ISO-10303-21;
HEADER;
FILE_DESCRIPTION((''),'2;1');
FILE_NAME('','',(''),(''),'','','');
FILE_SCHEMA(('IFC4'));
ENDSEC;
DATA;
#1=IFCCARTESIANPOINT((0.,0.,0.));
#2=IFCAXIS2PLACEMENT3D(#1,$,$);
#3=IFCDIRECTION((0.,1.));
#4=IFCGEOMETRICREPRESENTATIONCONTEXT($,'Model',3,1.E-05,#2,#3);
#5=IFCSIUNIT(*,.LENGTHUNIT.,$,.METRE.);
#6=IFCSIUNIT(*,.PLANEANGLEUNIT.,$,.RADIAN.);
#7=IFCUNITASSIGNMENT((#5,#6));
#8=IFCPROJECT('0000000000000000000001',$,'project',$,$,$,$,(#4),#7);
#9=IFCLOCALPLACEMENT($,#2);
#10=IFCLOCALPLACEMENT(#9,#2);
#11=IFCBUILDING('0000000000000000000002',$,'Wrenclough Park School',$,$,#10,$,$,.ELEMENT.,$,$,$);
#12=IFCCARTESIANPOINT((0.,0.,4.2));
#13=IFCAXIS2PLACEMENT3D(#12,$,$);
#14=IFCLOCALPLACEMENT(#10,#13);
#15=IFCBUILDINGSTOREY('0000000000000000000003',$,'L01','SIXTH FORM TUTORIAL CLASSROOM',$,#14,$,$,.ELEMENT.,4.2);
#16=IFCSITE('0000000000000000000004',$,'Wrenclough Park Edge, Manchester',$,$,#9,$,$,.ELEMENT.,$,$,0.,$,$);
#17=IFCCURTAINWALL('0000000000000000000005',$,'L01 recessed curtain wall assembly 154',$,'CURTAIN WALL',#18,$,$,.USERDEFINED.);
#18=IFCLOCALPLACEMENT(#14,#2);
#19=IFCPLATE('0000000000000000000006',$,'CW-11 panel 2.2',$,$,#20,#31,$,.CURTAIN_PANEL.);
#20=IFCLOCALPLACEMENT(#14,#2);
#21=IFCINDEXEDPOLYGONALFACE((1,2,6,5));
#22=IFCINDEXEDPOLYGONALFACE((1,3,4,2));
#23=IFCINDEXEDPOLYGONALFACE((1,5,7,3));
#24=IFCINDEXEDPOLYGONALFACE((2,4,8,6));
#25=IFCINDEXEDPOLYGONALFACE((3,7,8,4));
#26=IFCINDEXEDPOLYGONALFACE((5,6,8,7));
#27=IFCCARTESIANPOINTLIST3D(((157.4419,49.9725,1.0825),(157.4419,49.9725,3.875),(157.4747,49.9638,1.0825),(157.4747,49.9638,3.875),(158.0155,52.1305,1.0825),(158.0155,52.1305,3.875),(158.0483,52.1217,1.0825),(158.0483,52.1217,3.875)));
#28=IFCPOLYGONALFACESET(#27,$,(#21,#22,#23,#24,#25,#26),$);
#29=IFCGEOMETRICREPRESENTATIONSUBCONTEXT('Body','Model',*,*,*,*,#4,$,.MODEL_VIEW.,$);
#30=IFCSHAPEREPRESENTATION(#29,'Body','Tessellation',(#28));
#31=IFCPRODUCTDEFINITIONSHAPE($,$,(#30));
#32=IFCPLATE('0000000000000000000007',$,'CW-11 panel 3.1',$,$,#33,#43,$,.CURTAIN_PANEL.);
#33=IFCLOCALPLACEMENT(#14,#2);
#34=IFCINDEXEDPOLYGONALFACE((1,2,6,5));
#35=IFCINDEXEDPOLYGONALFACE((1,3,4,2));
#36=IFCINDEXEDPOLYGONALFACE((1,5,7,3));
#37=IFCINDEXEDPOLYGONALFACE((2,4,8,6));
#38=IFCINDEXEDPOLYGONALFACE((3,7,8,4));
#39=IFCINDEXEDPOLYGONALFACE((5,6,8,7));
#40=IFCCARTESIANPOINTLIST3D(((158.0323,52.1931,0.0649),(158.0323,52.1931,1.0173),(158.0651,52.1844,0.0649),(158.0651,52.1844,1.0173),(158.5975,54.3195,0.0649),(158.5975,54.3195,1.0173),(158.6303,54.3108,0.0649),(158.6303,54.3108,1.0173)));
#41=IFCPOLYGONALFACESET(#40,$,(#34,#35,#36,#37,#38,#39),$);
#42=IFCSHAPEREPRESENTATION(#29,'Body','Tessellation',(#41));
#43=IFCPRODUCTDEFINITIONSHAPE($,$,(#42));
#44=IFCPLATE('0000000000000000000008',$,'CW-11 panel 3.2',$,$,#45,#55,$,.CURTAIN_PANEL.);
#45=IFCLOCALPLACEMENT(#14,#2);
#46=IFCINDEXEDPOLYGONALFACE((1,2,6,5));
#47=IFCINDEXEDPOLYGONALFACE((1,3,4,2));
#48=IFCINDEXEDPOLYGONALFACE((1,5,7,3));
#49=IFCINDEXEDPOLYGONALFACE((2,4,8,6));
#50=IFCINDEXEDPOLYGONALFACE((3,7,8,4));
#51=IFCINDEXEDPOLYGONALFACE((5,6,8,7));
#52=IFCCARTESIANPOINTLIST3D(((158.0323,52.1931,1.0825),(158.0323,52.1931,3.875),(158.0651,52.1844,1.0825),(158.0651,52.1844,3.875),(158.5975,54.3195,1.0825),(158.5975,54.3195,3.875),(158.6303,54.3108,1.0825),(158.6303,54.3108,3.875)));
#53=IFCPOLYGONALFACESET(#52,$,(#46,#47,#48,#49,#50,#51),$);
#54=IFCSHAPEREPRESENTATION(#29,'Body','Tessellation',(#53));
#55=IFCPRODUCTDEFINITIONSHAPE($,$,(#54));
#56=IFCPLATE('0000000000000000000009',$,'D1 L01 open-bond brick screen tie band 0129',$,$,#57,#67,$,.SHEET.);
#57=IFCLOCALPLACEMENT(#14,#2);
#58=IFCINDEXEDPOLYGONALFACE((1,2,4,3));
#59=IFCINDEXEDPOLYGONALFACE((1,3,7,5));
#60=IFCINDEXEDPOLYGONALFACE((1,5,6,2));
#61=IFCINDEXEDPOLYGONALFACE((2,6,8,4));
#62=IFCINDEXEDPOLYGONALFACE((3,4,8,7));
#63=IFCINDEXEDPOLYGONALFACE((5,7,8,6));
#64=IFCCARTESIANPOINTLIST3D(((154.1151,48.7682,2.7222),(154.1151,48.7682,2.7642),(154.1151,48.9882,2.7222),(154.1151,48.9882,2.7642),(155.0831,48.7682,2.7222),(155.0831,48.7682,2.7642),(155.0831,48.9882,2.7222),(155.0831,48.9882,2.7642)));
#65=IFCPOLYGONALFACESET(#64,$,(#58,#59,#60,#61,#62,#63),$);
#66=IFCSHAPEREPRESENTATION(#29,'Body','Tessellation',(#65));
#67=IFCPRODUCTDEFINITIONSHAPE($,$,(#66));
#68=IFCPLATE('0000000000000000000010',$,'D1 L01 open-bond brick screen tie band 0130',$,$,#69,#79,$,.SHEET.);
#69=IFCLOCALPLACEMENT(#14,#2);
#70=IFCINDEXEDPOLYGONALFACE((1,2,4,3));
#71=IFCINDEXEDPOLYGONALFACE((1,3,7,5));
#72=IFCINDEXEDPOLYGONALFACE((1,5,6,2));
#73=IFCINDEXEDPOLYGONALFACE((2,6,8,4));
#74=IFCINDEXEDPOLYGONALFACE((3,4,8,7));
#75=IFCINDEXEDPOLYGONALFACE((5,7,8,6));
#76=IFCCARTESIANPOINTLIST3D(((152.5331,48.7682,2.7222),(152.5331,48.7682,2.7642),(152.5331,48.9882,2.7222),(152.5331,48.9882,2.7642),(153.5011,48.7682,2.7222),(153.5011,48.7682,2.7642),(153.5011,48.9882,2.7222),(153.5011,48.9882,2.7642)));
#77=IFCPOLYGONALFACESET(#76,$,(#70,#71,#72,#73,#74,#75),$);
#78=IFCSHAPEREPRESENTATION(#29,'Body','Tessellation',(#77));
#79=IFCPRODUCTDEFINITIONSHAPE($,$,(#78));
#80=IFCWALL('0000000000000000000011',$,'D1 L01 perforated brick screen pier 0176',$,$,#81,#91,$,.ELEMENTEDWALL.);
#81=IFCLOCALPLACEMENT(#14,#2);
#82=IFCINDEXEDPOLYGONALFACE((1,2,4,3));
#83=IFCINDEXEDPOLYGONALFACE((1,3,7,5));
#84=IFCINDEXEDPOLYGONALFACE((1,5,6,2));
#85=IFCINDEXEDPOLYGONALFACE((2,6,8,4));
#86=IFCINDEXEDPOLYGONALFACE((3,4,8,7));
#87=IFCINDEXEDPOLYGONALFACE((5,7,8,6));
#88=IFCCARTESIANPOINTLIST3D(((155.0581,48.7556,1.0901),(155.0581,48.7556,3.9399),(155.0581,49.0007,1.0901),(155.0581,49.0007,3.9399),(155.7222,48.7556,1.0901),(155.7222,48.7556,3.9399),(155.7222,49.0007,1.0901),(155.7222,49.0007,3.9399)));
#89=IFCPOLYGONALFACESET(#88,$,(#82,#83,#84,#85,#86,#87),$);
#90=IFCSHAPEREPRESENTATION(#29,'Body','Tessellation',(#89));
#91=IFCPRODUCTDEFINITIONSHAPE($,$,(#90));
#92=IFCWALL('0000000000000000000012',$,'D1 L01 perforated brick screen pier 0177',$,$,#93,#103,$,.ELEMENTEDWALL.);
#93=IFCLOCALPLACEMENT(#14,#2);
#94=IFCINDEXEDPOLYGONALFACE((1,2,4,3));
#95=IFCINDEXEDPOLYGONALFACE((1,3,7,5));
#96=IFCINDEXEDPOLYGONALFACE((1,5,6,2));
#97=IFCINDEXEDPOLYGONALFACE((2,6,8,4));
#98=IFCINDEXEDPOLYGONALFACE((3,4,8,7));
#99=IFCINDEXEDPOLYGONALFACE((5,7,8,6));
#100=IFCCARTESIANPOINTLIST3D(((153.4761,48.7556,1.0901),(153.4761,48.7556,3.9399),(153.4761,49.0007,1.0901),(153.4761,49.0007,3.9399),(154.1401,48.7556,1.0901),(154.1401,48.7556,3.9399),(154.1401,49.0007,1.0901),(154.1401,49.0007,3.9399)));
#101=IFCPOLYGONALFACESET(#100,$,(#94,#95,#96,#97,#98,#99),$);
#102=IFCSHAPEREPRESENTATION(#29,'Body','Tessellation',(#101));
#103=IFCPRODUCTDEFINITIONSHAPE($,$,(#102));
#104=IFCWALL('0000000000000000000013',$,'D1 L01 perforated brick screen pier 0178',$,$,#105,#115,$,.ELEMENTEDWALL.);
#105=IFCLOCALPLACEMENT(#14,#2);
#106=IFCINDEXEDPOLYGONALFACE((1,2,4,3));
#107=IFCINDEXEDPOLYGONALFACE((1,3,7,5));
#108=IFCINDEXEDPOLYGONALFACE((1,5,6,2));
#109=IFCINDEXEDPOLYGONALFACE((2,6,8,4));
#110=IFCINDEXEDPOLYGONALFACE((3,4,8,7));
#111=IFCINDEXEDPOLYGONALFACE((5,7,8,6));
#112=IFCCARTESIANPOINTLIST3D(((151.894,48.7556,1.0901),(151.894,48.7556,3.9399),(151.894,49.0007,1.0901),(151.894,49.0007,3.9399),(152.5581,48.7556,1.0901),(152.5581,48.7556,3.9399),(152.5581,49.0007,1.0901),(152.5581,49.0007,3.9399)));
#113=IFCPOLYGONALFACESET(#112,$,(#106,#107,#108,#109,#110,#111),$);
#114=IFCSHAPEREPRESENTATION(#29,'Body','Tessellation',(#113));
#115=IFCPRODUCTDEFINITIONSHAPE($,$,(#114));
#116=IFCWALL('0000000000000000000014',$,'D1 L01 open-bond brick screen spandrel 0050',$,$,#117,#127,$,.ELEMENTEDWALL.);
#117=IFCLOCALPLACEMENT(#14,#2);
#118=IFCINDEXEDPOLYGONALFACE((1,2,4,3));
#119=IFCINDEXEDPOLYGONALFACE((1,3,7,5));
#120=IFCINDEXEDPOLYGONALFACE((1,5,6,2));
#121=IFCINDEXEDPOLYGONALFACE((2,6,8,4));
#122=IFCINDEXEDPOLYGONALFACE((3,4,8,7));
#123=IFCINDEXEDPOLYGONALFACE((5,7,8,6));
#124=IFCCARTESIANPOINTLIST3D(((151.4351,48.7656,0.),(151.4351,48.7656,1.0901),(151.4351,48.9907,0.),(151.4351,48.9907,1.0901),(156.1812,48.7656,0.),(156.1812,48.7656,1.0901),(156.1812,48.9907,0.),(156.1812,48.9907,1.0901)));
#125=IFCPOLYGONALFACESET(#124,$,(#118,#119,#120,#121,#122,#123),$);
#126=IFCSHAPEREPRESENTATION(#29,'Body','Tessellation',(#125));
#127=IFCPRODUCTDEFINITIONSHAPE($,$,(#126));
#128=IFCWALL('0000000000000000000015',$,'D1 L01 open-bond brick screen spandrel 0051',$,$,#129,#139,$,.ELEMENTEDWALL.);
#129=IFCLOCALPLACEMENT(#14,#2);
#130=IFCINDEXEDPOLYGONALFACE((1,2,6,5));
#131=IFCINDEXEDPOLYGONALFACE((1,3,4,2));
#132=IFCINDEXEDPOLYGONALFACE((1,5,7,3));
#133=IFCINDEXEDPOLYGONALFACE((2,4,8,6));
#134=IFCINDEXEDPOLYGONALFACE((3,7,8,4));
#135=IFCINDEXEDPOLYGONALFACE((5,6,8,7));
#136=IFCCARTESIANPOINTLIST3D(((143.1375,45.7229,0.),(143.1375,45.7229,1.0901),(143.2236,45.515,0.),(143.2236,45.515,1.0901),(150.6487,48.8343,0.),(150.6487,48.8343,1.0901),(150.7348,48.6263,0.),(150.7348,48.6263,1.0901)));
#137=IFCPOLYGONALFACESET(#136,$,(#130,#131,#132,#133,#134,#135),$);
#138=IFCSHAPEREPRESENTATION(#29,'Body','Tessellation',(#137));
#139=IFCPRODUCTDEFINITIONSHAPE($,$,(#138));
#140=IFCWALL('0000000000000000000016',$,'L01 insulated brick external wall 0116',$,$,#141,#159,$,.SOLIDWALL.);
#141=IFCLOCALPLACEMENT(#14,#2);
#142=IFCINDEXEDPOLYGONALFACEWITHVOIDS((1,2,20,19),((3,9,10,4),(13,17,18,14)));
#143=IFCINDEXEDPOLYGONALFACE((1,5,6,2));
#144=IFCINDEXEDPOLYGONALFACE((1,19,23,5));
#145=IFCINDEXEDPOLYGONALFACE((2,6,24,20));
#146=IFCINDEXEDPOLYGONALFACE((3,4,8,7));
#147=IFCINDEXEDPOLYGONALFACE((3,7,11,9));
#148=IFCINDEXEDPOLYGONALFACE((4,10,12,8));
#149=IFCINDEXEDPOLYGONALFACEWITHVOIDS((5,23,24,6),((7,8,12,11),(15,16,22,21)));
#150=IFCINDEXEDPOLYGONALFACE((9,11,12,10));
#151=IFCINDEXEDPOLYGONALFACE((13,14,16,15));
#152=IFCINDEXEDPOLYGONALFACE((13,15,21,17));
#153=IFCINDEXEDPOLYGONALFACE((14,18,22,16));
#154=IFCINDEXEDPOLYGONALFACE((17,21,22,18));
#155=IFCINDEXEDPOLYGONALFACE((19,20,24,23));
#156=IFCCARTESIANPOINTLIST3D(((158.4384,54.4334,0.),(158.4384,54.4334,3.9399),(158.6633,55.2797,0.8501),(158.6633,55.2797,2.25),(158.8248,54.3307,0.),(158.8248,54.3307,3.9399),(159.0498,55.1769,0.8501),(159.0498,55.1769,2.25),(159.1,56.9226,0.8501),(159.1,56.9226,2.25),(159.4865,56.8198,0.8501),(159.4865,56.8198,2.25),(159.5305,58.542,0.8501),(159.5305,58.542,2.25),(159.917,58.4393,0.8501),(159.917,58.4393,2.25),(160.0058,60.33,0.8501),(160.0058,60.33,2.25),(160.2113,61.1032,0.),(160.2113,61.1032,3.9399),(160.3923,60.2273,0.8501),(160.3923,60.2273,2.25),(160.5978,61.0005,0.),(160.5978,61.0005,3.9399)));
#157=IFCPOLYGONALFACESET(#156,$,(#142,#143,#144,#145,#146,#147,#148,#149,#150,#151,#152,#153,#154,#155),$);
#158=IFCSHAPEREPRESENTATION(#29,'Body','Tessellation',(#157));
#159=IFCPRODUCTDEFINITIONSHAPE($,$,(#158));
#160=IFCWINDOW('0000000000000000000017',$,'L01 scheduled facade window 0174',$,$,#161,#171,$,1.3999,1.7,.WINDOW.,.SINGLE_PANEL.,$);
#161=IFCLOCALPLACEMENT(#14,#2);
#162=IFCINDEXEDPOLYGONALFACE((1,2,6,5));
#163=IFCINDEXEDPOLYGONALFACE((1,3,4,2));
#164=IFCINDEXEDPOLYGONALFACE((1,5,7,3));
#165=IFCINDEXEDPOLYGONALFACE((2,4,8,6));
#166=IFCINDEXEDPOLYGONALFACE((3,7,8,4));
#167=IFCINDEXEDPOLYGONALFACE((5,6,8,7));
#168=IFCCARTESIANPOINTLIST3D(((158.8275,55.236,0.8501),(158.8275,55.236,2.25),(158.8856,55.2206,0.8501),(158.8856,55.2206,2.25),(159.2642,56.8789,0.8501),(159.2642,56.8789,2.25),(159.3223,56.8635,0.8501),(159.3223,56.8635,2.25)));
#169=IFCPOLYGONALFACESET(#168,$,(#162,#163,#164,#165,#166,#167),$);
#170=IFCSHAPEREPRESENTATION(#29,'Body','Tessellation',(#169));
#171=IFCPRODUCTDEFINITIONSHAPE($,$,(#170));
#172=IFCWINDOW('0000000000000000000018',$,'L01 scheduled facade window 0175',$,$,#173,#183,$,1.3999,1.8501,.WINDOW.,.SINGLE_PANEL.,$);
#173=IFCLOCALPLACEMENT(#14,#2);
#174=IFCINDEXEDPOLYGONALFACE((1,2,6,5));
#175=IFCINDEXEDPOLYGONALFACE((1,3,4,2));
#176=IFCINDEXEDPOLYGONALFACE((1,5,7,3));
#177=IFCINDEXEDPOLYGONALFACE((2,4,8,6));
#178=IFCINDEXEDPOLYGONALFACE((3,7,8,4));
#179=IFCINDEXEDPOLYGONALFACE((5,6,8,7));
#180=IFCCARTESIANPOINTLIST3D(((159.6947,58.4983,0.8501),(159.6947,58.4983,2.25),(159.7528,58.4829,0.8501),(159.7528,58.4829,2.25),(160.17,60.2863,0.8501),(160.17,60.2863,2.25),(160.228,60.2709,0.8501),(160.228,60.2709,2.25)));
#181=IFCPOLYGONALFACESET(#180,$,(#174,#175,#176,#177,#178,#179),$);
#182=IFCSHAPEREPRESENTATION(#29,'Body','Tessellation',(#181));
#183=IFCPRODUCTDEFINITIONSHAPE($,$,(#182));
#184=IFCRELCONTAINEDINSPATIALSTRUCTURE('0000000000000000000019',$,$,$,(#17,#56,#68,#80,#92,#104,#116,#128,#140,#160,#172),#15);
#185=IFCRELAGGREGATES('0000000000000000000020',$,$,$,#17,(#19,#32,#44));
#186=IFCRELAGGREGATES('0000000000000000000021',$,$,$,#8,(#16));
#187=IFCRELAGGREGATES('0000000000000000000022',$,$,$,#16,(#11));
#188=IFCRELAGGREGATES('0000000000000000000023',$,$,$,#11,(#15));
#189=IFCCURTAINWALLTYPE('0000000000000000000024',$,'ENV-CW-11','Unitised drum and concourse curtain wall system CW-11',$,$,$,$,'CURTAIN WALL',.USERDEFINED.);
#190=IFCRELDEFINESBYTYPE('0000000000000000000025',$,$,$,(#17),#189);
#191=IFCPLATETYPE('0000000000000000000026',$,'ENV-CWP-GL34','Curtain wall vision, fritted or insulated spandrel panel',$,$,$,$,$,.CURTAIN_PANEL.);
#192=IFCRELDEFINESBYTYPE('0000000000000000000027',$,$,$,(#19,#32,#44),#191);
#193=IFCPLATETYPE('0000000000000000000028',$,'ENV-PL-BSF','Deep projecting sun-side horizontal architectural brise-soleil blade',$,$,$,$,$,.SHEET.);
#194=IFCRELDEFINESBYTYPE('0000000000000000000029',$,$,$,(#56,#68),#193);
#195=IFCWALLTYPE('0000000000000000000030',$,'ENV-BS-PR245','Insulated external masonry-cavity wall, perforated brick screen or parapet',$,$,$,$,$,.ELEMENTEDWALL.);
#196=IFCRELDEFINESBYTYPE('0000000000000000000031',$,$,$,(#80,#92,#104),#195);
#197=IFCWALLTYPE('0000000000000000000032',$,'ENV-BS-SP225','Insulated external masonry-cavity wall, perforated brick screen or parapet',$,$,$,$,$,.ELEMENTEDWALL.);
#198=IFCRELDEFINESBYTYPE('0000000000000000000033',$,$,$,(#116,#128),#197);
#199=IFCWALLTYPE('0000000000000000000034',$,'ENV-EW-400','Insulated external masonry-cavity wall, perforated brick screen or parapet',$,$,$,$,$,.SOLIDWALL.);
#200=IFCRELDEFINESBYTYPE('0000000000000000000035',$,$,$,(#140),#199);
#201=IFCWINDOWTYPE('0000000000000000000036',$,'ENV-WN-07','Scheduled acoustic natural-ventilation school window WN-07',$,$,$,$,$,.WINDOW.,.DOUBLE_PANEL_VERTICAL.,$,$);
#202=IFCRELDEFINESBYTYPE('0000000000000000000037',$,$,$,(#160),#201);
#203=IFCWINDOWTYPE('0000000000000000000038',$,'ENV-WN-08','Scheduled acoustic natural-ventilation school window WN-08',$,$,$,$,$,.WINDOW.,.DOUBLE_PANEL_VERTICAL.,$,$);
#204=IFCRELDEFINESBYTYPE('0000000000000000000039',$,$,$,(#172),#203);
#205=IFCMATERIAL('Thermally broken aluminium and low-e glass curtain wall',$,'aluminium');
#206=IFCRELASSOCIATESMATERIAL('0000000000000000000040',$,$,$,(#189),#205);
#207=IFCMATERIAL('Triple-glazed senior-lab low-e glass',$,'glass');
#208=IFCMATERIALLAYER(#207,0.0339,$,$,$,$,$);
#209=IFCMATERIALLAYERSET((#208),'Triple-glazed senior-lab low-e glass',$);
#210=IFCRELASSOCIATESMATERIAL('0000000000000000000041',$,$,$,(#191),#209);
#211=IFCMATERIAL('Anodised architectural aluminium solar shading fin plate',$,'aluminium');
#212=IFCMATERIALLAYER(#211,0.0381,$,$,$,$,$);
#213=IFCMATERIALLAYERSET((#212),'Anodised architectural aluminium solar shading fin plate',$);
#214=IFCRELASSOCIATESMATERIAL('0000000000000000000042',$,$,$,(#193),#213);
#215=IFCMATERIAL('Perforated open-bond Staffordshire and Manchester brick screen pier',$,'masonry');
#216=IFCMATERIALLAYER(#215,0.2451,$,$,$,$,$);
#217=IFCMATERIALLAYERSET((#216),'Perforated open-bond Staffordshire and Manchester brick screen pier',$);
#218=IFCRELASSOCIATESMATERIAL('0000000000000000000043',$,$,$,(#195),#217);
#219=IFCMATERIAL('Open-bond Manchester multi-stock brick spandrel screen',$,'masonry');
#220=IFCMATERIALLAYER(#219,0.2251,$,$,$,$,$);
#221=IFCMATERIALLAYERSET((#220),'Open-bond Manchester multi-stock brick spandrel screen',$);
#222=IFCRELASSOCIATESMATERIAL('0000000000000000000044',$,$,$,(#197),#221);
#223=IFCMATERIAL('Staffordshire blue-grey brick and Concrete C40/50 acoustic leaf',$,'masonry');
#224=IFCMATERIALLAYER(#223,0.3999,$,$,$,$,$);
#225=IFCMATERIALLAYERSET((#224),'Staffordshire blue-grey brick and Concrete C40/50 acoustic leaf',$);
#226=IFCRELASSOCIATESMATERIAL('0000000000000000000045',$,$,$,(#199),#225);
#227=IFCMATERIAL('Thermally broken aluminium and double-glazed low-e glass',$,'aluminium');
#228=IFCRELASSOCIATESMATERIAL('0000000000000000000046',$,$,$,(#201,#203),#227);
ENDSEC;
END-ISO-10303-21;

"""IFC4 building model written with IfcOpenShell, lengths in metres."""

from ifc_helpers import new_model, si_unit, direction, frame, frame_2d, origin, origin_2d, place, context, subcontext, project, spatial, rectangle, extrude, material, layer, layer_set, type_object, element, fill, aggregate, save


model = new_model("IFC4")

# Units and contexts
model_context = context("Model", 3, precision=1e-05, world=origin(), true_north=direction((0.0, 1.0)))
body_context = subcontext(model_context, "Body", "Model", "MODEL_VIEW")
ifc_project = project(units=[si_unit("LENGTHUNIT", "METRE"), si_unit("PLANEANGLEUNIT", "RADIAN")], contexts=[model_context])

# Site, building, storey
site_placement = place(None, origin())
site = spatial("IfcSite", under=ifc_project, at=site_placement, Name="Wrenclough Park Edge, Manchester", CompositionType="ELEMENT", RefElevation=0.0)
building_placement = place(site_placement, origin())
building = spatial("IfcBuilding", under=site, at=building_placement, Name="Wrenclough Park School", CompositionType="ELEMENT")
storey_placement = place(building_placement, frame((0.0, 0.0, 4.2)))
storey = spatial("IfcBuildingStorey", under=building, at=storey_placement, Name="L01", Description="SIXTH FORM TUTORIAL CLASSROOM", CompositionType="ELEMENT", Elevation=4.2)

# Curtain wall
ifc_material_1 = material(Name="Thermally broken aluminium and low-e glass curtain wall", Category="aluminium")
curtain_wall_type = type_object("IfcCurtainWallType", Name="ENV-CW-11", Description="Unitised drum and concourse curtain wall system CW-11", ElementType="CURTAIN WALL", PredefinedType="USERDEFINED", material=ifc_material_1)
curtain_wall_placement = place(storey_placement, origin())
curtain_wall = element("IfcCurtainWall", 1, at=curtain_wall_placement, inside=storey, type_object=curtain_wall_type, Name="L01 recessed curtain wall assembly 154", ObjectType="CURTAIN WALL", PredefinedType="USERDEFINED")

# Plates
ifc_material_2 = material(Name="Triple-glazed senior-lab low-e glass", Category="glass")
ifc_layer_1 = layer(ifc_material_2, 0.0339)
ifc_layer_set_1 = layer_set([ifc_layer_1], Name="Triple-glazed senior-lab low-e glass")
plate_type_1 = type_object("IfcPlateType", Name="ENV-CWP-GL34", Description="Curtain wall vision, fritted or insulated spandrel panel", PredefinedType="CURTAIN_PANEL", material=ifc_layer_set_1)
plate_1_placement = place(storey_placement, frame((157.7451, 51.0471, 1.0825), z_axis=(0.0, 0.0, 1.0), x_axis=(0.256896, 0.966439, 0.0)))
plate_1 = element("IfcPlate", 2, at=plate_1_placement, type_object=plate_type_1, Name="CW-11 panel 2.2", PredefinedType="CURTAIN_PANEL", context=body_context, shape_type="SweptSolid", body=[
    extrude(rectangle(XDim=2.2329, YDim=0.0339, at=origin_2d()), origin(), (0.0, 0.0, 1.0), 2.7925),
])
plate_2_placement = place(storey_placement, frame((158.3313, 53.252, 0.0649), z_axis=(0.0, 0.0, 1.0), x_axis=(0.256896, 0.966439, 0.0)))
plate_2 = element("IfcPlate", 3, at=plate_2_placement, type_object=plate_type_1, Name="CW-11 panel 3.1", PredefinedType="CURTAIN_PANEL", context=body_context, shape_type="SweptSolid", body=[
    extrude(rectangle(XDim=2.2002, YDim=0.0339, at=origin_2d()), origin(), (0.0, 0.0, 1.0), 0.9524),
])
plate_3_placement = place(storey_placement, frame((158.3313, 53.252, 1.0825), z_axis=(0.0, 0.0, 1.0), x_axis=(0.256896, 0.966439, 0.0)))
plate_3 = element("IfcPlate", 4, at=plate_3_placement, type_object=plate_type_1, Name="CW-11 panel 3.2", PredefinedType="CURTAIN_PANEL", context=body_context, shape_type="SweptSolid", body=[
    extrude(rectangle(XDim=2.2002, YDim=0.0339, at=origin_2d()), origin(), (0.0, 0.0, 1.0), 2.7925),
])
aggregate(curtain_wall, [plate_1, plate_2, plate_3])

# Plates
ifc_material_3 = material(Name="Anodised architectural aluminium solar shading fin plate", Category="aluminium")
ifc_layer_2 = layer(ifc_material_3, 0.0381)
ifc_layer_set_2 = layer_set([ifc_layer_2], Name="Anodised architectural aluminium solar shading fin plate")
plate_type_2 = type_object("IfcPlateType", Name="ENV-PL-BSF", Description="Deep projecting sun-side horizontal architectural brise-soleil blade", PredefinedType="SHEET", material=ifc_layer_set_2)
for number, where, z_axis, x_axis, name in (
    (5, (154.5991, 48.8782, 2.7222), (0.0, 0.0, 1.0), (-1.0, 0.0, 0.0), "D1 L01 open-bond brick screen tie band 0129"),
    (6, (153.0171, 48.8782, 2.7222), (0.0, 0.0, 1.0), (-1.0, 0.0, 0.0), "D1 L01 open-bond brick screen tie band 0130"),
):
    element("IfcPlate", number, at=place(storey_placement, frame(where, z_axis=z_axis, x_axis=x_axis)), inside=storey, type_object=plate_type_2, Name=name, PredefinedType="SHEET", context=body_context, shape_type="SweptSolid", body=[
        extrude(rectangle(XDim=0.968, YDim=0.22, at=origin_2d()), origin(), (0.0, 0.0, 1.0), 0.042),
    ])

# Walls
ifc_material_4 = material(Name="Perforated open-bond Staffordshire and Manchester brick screen pier", Category="masonry")
ifc_layer_3 = layer(ifc_material_4, 0.2451)
ifc_layer_set_3 = layer_set([ifc_layer_3], Name="Perforated open-bond Staffordshire and Manchester brick screen pier")
wall_type_1 = type_object("IfcWallType", Name="ENV-BS-PR245", Description="Insulated external masonry-cavity wall, perforated brick screen or parapet", PredefinedType="ELEMENTEDWALL", material=ifc_layer_set_3)
for number, where, z_axis, x_axis, name in (
    (7, (155.7222, 48.8782, 1.0901), (0.0, 0.0, 1.0), (-1.0, 0.0, 0.0), "D1 L01 perforated brick screen pier 0176"),
    (8, (154.1401, 48.8782, 1.0901), (0.0, 0.0, 1.0), (-1.0, 0.0, 0.0), "D1 L01 perforated brick screen pier 0177"),
    (9, (152.5581, 48.8782, 1.0901), (0.0, 0.0, 1.0), (-1.0, 0.0, 0.0), "D1 L01 perforated brick screen pier 0178"),
):
    element("IfcWall", number, at=place(storey_placement, frame(where, z_axis=z_axis, x_axis=x_axis)), inside=storey, type_object=wall_type_1, Name=name, PredefinedType="ELEMENTEDWALL", context=body_context, shape_type="SweptSolid", body=[
        extrude(rectangle(XDim=0.6641, YDim=0.2451, at=frame_2d((0.332, 0.0))), origin(), (0.0, 0.0, 1.0), 2.8499),
    ])
ifc_material_5 = material(Name="Open-bond Manchester multi-stock brick spandrel screen", Category="masonry")
ifc_layer_4 = layer(ifc_material_5, 0.2251)
ifc_layer_set_4 = layer_set([ifc_layer_4], Name="Open-bond Manchester multi-stock brick spandrel screen")
wall_type_2 = type_object("IfcWallType", Name="ENV-BS-SP225", Description="Insulated external masonry-cavity wall, perforated brick screen or parapet", PredefinedType="ELEMENTEDWALL", material=ifc_layer_set_4)
wall_1_placement = place(storey_placement, frame((156.1812, 48.8782, 0.0), z_axis=(0.0, 0.0, 1.0), x_axis=(-1.0, 0.0, 0.0)))
element("IfcWall", 10, at=wall_1_placement, inside=storey, type_object=wall_type_2, Name="D1 L01 open-bond brick screen spandrel 0050", PredefinedType="ELEMENTEDWALL", context=body_context, shape_type="SweptSolid", body=[
    extrude(rectangle(XDim=4.7461, YDim=0.2251, at=frame_2d((2.373, 0.0))), origin(), (0.0, 0.0, 1.0), 1.0901),
])
wall_2_placement = place(storey_placement, frame((150.6917, 48.7302, 0.0), z_axis=(0.0, 0.0, 1.0), x_axis=(-0.923876, -0.382691, 0.0)))
element("IfcWall", 11, at=wall_2_placement, inside=storey, type_object=wall_type_2, Name="D1 L01 open-bond brick screen spandrel 0051", PredefinedType="ELEMENTEDWALL", context=body_context, shape_type="SweptSolid", body=[
    extrude(rectangle(XDim=8.1301, YDim=0.2251, at=frame_2d((4.0649, 0.0))), origin(), (0.0, 0.0, 1.0), 1.0901),
])

# Wall, openings, windows
ifc_material_6 = material(Name="Staffordshire blue-grey brick and Concrete C40/50 acoustic leaf", Category="masonry")
ifc_layer_5 = layer(ifc_material_6, 0.3999)
ifc_layer_set_5 = layer_set([ifc_layer_5], Name="Staffordshire blue-grey brick and Concrete C40/50 acoustic leaf")
wall_type_3 = type_object("IfcWallType", Name="ENV-EW-400", Description="Insulated external masonry-cavity wall, perforated brick screen or parapet", PredefinedType="SOLIDWALL", material=ifc_layer_set_5)
wall_3_placement = place(storey_placement, frame((158.6316, 54.3821, 0.0), z_axis=(0.0, 0.0, 1.0), x_axis=(0.256901, 0.966438, 0.0)))
wall_3 = element("IfcWall", 12, at=wall_3_placement, inside=storey, type_object=wall_type_3, Name="L01 insulated brick external wall 0116", PredefinedType="SOLIDWALL", context=body_context, shape_type="SweptSolid", body=[
    extrude(rectangle(XDim=6.9014, YDim=0.3999, at=frame_2d((3.4507, 0.0))), origin(), (0.0, 0.0, 1.0), 3.9399),
])
opening_1_placement = place(wall_3_placement, frame((0.8755, 0.0, 0.8501)))
opening_1 = element("IfcOpeningElement", 13, at=opening_1_placement, cuts=wall_3, PredefinedType="OPENING", context=body_context, shape_type="SweptSolid", body=[
    extrude(rectangle(XDim=1.7, YDim=1.3999, at=frame_2d((0.8501, 0.7))), frame((0.0, 0.21, 0.0), z_axis=(0.0, -1.0, 0.0), x_axis=(1.0, 0.0, 0.0)), (0.0, 0.0, 1.0), 0.4199),
])
opening_2_placement = place(wall_3_placement, frame((4.2512, 0.0, 0.8501)))
opening_2 = element("IfcOpeningElement", 14, at=opening_2_placement, cuts=wall_3, PredefinedType="OPENING", context=body_context, shape_type="SweptSolid", body=[
    extrude(rectangle(XDim=1.8501, YDim=1.3999, at=frame_2d((0.925, 0.7))), frame((0.0, 0.21, 0.0), z_axis=(0.0, -1.0, 0.0), x_axis=(1.0, 0.0, 0.0)), (0.0, 0.0, 1.0), 0.4199),
])
ifc_material_7 = material(Name="Thermally broken aluminium and double-glazed low-e glass", Category="aluminium")
window_type_1 = type_object("IfcWindowType", Name="ENV-WN-07", Description="Scheduled acoustic natural-ventilation school window WN-07", PartitioningType="DOUBLE_PANEL_VERTICAL", PredefinedType="WINDOW", material=ifc_material_7)
window_1_placement = place(opening_1_placement, origin())
window_1 = element("IfcWindow", 15, at=window_1_placement, inside=storey, type_object=window_type_1, Name="L01 scheduled facade window 0174", OverallHeight=1.3999, OverallWidth=1.7, PartitioningType="SINGLE_PANEL", PredefinedType="WINDOW", context=body_context, shape_type="SweptSolid", body=[
    extrude(rectangle(XDim=1.7, YDim=1.3999, at=frame_2d((0.8501, 0.7))), frame((0.0, 0.03, 0.0), z_axis=(0.0, -1.0, 0.0), x_axis=(1.0, 0.0, 0.0)), (0.0, 0.0, 1.0), 0.0601),
])
fill(opening_1, window_1)
window_type_2 = type_object("IfcWindowType", Name="ENV-WN-08", Description="Scheduled acoustic natural-ventilation school window WN-08", PartitioningType="DOUBLE_PANEL_VERTICAL", PredefinedType="WINDOW", material=ifc_material_7)
window_2_placement = place(opening_2_placement, origin())
window_2 = element("IfcWindow", 16, at=window_2_placement, inside=storey, type_object=window_type_2, Name="L01 scheduled facade window 0175", OverallHeight=1.3999, OverallWidth=1.8501, PartitioningType="SINGLE_PANEL", PredefinedType="WINDOW", context=body_context, shape_type="SweptSolid", body=[
    extrude(rectangle(XDim=1.8501, YDim=1.3999, at=frame_2d((0.925, 0.7))), frame((0.0, 0.03, 0.0), z_axis=(0.0, -1.0, 0.0), x_axis=(1.0, 0.0, 0.0)), (0.0, 0.0, 1.0), 0.0601),
])
fill(opening_2, window_2)

save(model, "model.ifc")
